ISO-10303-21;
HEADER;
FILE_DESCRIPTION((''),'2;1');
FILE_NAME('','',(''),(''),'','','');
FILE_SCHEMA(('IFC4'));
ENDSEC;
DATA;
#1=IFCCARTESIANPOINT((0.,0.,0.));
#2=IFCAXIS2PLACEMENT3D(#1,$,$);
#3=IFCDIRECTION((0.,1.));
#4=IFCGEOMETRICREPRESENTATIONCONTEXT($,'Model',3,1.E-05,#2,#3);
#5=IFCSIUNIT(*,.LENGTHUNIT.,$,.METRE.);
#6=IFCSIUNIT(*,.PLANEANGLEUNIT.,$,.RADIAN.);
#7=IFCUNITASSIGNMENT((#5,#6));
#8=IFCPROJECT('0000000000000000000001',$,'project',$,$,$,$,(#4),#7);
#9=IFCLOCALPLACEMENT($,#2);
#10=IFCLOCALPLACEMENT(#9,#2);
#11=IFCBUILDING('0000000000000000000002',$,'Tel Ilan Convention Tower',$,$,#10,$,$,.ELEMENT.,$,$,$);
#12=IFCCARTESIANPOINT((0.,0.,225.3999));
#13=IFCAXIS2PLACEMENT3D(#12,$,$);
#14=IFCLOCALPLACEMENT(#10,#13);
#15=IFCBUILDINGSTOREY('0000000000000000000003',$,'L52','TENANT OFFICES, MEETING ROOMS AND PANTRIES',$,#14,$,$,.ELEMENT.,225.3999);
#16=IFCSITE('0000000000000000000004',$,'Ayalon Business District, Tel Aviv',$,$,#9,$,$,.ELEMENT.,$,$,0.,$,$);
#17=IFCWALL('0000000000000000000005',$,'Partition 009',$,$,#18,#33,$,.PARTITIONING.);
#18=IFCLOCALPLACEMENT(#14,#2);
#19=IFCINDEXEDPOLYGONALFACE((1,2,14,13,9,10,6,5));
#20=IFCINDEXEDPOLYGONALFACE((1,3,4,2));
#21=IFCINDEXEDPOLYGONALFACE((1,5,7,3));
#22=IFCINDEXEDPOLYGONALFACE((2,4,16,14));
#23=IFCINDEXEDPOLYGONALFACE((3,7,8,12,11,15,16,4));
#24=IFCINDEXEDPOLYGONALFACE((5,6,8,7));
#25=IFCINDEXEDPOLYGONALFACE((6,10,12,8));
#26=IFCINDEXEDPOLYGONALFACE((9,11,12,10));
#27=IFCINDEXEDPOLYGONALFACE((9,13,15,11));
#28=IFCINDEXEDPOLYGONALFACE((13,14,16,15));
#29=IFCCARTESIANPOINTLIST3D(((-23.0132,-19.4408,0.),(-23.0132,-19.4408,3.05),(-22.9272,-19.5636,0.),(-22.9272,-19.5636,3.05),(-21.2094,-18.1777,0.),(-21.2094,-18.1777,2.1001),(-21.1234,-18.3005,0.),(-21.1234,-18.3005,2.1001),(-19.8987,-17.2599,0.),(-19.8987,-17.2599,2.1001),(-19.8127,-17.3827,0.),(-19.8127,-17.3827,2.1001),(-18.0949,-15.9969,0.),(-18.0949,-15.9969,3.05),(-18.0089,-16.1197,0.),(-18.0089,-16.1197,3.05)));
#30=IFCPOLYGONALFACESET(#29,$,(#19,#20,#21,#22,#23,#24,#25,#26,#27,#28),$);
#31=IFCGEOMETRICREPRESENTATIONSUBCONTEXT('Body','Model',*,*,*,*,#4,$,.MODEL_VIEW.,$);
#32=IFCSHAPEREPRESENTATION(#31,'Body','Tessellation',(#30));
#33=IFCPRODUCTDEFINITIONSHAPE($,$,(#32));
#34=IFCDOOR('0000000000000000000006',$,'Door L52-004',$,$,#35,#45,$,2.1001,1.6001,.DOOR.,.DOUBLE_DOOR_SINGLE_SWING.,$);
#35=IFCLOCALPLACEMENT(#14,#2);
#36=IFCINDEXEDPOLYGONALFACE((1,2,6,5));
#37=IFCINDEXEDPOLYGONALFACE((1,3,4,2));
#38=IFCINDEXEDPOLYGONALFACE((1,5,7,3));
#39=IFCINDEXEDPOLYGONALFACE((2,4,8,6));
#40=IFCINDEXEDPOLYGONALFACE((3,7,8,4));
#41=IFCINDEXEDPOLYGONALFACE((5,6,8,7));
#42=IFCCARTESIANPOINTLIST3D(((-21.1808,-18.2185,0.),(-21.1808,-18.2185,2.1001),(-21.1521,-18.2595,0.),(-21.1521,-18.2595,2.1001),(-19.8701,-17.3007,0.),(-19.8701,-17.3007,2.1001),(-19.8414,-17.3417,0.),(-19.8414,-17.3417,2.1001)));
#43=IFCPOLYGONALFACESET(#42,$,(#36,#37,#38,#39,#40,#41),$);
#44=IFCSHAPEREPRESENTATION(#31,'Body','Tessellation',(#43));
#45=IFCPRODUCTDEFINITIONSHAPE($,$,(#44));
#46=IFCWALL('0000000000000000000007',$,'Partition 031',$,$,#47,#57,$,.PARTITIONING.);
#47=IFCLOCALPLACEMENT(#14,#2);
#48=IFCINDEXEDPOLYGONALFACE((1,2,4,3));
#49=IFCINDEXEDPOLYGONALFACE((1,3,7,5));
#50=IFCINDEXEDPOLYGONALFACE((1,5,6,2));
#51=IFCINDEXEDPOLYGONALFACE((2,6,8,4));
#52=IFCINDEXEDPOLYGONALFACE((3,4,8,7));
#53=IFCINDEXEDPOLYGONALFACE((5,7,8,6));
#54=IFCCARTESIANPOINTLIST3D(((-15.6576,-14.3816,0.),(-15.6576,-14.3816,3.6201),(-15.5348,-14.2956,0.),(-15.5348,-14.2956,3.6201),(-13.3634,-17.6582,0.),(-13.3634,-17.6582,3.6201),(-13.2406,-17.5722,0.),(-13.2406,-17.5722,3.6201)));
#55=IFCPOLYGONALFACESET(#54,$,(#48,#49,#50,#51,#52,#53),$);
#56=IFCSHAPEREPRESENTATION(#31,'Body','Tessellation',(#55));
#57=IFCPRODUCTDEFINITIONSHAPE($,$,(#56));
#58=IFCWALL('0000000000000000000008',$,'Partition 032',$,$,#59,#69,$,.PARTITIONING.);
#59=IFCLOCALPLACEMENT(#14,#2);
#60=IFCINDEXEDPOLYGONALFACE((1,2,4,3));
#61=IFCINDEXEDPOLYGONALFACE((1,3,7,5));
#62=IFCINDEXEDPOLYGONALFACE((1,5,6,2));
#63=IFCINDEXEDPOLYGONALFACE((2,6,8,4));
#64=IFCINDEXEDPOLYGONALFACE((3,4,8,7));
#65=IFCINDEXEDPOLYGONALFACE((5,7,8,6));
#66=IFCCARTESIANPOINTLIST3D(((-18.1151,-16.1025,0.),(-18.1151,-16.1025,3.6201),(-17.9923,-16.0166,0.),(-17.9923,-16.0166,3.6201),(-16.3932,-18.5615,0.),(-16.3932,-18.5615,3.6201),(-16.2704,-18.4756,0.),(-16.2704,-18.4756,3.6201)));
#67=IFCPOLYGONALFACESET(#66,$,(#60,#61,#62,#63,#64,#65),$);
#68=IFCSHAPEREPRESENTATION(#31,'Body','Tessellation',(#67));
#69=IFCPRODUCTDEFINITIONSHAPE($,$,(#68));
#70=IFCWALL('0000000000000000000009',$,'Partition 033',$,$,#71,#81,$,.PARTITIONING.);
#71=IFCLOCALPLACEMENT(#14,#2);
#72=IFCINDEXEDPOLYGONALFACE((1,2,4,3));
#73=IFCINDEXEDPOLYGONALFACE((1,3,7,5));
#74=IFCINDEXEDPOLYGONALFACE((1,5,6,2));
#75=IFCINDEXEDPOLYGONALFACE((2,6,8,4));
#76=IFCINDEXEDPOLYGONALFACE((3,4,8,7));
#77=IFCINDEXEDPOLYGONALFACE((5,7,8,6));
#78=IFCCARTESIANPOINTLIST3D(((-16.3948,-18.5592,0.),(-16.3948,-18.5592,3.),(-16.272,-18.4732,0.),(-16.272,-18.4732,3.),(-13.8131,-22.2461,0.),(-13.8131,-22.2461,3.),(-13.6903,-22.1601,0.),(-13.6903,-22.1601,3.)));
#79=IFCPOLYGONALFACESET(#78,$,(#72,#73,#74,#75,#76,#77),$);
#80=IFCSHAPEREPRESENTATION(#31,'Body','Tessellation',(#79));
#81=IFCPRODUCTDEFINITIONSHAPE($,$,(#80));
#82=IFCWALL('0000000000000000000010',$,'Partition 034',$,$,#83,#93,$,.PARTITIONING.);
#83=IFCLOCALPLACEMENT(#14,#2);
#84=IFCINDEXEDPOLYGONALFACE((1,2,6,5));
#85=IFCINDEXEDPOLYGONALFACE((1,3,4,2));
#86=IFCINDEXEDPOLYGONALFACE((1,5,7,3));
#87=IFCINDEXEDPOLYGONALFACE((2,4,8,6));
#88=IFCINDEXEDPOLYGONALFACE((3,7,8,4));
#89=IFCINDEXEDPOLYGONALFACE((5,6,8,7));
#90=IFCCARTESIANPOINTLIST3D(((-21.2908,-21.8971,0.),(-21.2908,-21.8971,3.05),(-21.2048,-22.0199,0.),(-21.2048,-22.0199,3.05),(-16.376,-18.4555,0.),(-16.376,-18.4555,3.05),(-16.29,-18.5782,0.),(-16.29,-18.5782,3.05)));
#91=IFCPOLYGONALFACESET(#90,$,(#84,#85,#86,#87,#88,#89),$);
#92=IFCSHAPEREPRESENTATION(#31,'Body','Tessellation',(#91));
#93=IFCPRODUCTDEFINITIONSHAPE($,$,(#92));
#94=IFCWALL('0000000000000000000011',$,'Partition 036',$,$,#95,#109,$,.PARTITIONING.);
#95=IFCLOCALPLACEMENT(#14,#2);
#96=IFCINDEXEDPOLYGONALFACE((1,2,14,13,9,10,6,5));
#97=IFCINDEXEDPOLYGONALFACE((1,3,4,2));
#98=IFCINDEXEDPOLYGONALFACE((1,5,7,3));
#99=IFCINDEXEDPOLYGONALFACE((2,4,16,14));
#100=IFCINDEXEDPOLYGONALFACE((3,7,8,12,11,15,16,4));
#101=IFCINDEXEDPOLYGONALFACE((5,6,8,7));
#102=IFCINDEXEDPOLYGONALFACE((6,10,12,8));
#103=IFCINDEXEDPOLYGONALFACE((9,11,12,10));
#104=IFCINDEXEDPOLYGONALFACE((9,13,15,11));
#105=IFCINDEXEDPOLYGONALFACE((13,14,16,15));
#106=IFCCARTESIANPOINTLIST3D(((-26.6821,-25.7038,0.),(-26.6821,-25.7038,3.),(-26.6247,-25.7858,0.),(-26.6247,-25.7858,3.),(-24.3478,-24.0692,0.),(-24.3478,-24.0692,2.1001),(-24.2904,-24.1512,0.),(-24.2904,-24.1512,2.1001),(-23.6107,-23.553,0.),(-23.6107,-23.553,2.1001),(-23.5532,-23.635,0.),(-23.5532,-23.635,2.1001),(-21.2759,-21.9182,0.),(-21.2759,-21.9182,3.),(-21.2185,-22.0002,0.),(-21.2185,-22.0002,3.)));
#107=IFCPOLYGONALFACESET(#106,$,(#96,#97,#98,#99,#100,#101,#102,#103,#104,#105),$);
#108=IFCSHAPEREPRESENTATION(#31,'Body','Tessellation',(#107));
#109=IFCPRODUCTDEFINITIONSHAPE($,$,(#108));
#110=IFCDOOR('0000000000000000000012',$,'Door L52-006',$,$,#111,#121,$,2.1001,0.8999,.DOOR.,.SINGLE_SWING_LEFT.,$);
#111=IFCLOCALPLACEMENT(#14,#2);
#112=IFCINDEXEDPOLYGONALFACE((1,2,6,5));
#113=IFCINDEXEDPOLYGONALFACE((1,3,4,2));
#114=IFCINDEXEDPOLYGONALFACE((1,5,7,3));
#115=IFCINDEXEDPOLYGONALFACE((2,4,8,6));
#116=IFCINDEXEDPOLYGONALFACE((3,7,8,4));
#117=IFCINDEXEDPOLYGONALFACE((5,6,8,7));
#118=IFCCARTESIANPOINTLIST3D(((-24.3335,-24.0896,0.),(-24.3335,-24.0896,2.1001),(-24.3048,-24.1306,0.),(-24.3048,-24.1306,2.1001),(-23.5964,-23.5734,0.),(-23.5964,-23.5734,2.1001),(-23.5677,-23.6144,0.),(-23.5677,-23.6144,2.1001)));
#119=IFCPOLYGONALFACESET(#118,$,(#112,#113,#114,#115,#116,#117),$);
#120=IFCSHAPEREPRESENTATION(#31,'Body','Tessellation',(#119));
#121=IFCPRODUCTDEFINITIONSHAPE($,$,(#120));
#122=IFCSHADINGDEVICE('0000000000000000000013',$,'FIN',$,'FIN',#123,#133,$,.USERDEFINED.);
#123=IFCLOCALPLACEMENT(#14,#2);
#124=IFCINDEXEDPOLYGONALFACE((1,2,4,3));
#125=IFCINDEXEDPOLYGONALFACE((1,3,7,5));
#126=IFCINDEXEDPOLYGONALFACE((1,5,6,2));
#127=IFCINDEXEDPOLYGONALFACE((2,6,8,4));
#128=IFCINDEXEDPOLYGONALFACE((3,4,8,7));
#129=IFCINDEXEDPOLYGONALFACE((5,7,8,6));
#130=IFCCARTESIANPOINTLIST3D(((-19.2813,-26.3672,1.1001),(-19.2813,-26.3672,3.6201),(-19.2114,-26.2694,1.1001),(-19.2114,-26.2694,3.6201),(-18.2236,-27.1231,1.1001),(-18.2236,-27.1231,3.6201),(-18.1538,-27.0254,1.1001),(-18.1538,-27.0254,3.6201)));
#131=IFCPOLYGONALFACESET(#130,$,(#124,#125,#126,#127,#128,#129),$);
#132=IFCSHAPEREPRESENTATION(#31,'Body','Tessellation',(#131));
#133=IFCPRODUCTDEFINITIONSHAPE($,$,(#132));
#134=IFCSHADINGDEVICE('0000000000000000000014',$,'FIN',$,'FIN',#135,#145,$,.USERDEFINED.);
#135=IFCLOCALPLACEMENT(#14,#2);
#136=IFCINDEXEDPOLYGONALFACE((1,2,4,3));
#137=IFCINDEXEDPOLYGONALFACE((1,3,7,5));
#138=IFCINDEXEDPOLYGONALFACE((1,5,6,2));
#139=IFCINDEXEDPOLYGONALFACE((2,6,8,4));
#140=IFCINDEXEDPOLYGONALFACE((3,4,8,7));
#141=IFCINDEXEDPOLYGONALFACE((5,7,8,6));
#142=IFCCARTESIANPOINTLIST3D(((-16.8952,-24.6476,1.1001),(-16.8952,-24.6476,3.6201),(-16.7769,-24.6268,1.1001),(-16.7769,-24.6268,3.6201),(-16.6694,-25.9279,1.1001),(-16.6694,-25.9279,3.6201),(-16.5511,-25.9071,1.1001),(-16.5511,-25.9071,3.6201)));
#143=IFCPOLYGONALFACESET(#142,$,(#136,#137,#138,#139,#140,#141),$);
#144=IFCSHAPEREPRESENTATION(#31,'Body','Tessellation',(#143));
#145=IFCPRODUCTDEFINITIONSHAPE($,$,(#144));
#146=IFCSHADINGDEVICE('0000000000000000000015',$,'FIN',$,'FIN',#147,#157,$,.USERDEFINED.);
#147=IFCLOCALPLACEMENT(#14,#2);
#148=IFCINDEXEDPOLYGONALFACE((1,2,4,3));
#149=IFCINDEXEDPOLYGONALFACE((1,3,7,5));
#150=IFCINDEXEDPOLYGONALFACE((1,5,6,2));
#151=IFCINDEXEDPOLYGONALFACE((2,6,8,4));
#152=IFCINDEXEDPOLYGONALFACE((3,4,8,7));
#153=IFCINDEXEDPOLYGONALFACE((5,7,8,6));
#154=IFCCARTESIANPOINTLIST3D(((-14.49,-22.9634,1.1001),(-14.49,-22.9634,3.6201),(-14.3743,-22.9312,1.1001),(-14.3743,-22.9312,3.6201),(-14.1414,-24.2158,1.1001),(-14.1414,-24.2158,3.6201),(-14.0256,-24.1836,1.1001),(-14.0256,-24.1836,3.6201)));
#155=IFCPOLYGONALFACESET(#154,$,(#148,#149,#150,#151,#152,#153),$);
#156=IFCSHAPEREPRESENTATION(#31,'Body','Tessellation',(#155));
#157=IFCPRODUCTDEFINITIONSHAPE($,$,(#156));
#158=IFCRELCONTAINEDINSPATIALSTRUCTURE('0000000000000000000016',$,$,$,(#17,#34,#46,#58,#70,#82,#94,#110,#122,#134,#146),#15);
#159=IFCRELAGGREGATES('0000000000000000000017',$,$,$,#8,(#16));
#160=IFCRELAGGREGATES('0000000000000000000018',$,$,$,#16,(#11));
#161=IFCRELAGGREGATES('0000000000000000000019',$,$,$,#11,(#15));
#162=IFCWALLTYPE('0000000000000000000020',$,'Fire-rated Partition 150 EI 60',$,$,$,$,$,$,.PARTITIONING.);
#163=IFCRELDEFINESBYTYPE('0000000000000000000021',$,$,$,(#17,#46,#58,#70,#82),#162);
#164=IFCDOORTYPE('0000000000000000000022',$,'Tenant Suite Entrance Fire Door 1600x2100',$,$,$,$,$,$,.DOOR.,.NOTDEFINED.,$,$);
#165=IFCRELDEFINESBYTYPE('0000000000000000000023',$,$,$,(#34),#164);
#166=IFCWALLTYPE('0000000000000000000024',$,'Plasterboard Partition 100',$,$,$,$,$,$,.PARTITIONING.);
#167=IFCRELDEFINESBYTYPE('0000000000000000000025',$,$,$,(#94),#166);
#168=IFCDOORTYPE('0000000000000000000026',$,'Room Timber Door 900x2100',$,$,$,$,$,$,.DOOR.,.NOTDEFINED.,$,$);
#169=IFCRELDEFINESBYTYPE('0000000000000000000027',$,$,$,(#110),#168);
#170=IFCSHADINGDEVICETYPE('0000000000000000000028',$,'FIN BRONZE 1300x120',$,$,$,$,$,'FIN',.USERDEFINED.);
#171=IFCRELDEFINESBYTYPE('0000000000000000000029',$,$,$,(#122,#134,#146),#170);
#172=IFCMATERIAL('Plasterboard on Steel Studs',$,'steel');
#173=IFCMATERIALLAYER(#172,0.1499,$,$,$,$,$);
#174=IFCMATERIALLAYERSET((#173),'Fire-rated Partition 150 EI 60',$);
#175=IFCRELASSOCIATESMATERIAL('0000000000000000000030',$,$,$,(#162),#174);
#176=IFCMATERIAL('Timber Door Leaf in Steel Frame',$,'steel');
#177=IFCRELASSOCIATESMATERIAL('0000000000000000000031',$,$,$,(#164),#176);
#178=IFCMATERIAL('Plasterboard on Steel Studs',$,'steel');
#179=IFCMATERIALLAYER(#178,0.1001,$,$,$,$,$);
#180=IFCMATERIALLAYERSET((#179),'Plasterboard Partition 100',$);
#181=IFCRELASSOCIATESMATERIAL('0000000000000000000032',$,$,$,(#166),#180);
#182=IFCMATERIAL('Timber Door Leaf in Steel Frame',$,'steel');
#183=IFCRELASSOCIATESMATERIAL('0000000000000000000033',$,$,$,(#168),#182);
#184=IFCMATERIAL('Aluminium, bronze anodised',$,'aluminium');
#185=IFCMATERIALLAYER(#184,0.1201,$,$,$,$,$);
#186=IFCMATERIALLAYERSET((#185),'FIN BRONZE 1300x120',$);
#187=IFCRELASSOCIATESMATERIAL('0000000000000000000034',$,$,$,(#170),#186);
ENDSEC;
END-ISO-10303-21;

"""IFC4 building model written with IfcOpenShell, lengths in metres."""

from ifc_helpers import new_model, si_unit, direction, frame, frame_2d, origin, origin_2d, place, context, subcontext, project, spatial, rectangle, extrude, material, layer, layer_set, type_object, element, fill, save


model = new_model("IFC4")

# Units and contexts
model_context = context("Model", 3, precision=1e-05, world=origin(), true_north=direction((0.0, 1.0)))
body_context = subcontext(model_context, "Body", "Model", "MODEL_VIEW")
ifc_project = project(units=[si_unit("LENGTHUNIT", "METRE"), si_unit("PLANEANGLEUNIT", "RADIAN")], contexts=[model_context])

# Site, building, storey
site_placement = place(None, origin())
site = spatial("IfcSite", under=ifc_project, at=site_placement, Name="Ayalon Business District, Tel Aviv", CompositionType="ELEMENT", RefElevation=0.0)
building_placement = place(site_placement, origin())
building = spatial("IfcBuilding", under=site, at=building_placement, Name="Tel Ilan Convention Tower", CompositionType="ELEMENT")
storey_placement = place(building_placement, frame((0.0, 0.0, 225.3999)))
storey = spatial("IfcBuildingStorey", under=building, at=storey_placement, Name="L52", Description="TENANT OFFICES, MEETING ROOMS AND PANTRIES", CompositionType="ELEMENT", Elevation=225.3999)

# Wall, opening, door
ifc_material_1 = material(Name="Plasterboard on Steel Studs", Category="steel")
ifc_layer_1 = layer(ifc_material_1, 0.1499)
ifc_layer_set_1 = layer_set([ifc_layer_1], Name="Fire-rated Partition 150 EI 60")
wall_type_1 = type_object("IfcWallType", Name="Fire-rated Partition 150 EI 60", PredefinedType="PARTITIONING", material=ifc_layer_set_1)
wall_1_placement = place(storey_placement, frame((-18.052, -16.0583, 0.0), z_axis=(0.0, 0.0, 1.0), x_axis=(-0.819146, -0.573585, 0.0)))
wall_1 = element("IfcWall", 1, at=wall_1_placement, inside=storey, type_object=wall_type_1, Name="Partition 009", PredefinedType="PARTITIONING", context=body_context, shape_type="SweptSolid", body=[
    extrude(rectangle(XDim=6.0042, YDim=0.1499, at=frame_2d((3.002, 0.0))), origin(), (0.0, 0.0, 1.0), 3.05),
])
opening_1_placement = place(wall_1_placement, frame((2.2019, 0.0, 0.0)))
opening_1 = element("IfcOpeningElement", 2, at=opening_1_placement, cuts=wall_1, PredefinedType="OPENING", context=body_context, shape_type="SweptSolid", body=[
    extrude(rectangle(XDim=1.6001, YDim=2.1001, at=frame_2d((0.8, 1.05))), frame((0.0, 0.085, 0.0), z_axis=(0.0, -1.0, 0.0), x_axis=(1.0, 0.0, 0.0)), (0.0, 0.0, 1.0), 0.1699),
])
ifc_material_2 = material(Name="Timber Door Leaf in Steel Frame", Category="steel")
door_type_1 = type_object("IfcDoorType", Name="Tenant Suite Entrance Fire Door 1600x2100", OperationType="NOTDEFINED", PredefinedType="DOOR", material=ifc_material_2)
door_1_placement = place(opening_1_placement, origin())
door_1 = element("IfcDoor", 3, at=door_1_placement, inside=storey, type_object=door_type_1, Name="Door L52-004", OperationType="DOUBLE_DOOR_SINGLE_SWING", OverallHeight=2.1001, OverallWidth=1.6001, PredefinedType="DOOR", context=body_context, shape_type="SweptSolid", body=[
    extrude(rectangle(XDim=1.6001, YDim=2.1001, at=frame_2d((0.8, 1.05))), frame((0.0, 0.0249, 0.0), z_axis=(0.0, -1.0, 0.0), x_axis=(1.0, 0.0, 0.0)), (0.0, 0.0, 1.0), 0.05),
])
fill(opening_1, door_1)

# Walls
wall_2_placement = place(storey_placement, frame((-13.302, -17.6152, 0.0), z_axis=(0.0, 0.0, 1.0), x_axis=(-0.573557, 0.819166, 0.0)))
element("IfcWall", 4, at=wall_2_placement, inside=storey, type_object=wall_type_1, Name="Partition 031", PredefinedType="PARTITIONING", context=body_context, shape_type="SweptSolid", body=[
    extrude(rectangle(XDim=4.0, YDim=0.1499, at=frame_2d((2.0, 0.0))), origin(), (0.0, 0.0, 1.0), 3.6201),
])
wall_3_placement = place(storey_placement, frame((-16.3318, -18.5186, 0.0), z_axis=(0.0, 0.0, 1.0), x_axis=(-0.573604, 0.819133, 0.0)))
element("IfcWall", 5, at=wall_3_placement, inside=storey, type_object=wall_type_1, Name="Partition 032", PredefinedType="PARTITIONING", context=body_context, shape_type="SweptSolid", body=[
    extrude(rectangle(XDim=3.002, YDim=0.1499, at=frame_2d((1.501, 0.0))), origin(), (0.0, 0.0, 1.0), 3.6201),
])
wall_4_placement = place(storey_placement, frame((-13.7517, -22.2031, 0.0), z_axis=(0.0, 0.0, 1.0), x_axis=(-0.573593, 0.81914, 0.0)))
element("IfcWall", 6, at=wall_4_placement, inside=storey, type_object=wall_type_1, Name="Partition 033", PredefinedType="PARTITIONING", context=body_context, shape_type="SweptSolid", body=[
    extrude(rectangle(XDim=4.501, YDim=0.1499, at=frame_2d((2.2505, 0.0))), origin(), (0.0, 0.0, 1.0), 3.0),
])
wall_5_placement = place(storey_placement, frame((-16.333, -18.5168, 0.0), z_axis=(0.0, 0.0, 1.0), x_axis=(-0.819131, -0.573607, 0.0)))
element("IfcWall", 7, at=wall_5_placement, inside=storey, type_object=wall_type_1, Name="Partition 034", PredefinedType="PARTITIONING", context=body_context, shape_type="SweptSolid", body=[
    extrude(rectangle(XDim=6.0, YDim=0.1499, at=frame_2d((3.0, 0.0))), origin(), (0.0, 0.0, 1.0), 3.05),
])

# Wall, opening, door
ifc_material_3 = material(Name="Plasterboard on Steel Studs", Category="steel")
ifc_layer_2 = layer(ifc_material_3, 0.1001)
ifc_layer_set_2 = layer_set([ifc_layer_2], Name="Plasterboard Partition 100")
wall_type_2 = type_object("IfcWallType", Name="Plasterboard Partition 100", PredefinedType="PARTITIONING", material=ifc_layer_set_2)
wall_6_placement = place(storey_placement, frame((-21.2473, -21.9592, 0.0), z_axis=(0.0, 0.0, 1.0), x_axis=(-0.819142, -0.573591, 0.0)))
wall_6 = element("IfcWall", 8, at=wall_6_placement, inside=storey, type_object=wall_type_2, Name="Partition 036", PredefinedType="PARTITIONING", context=body_context, shape_type="SweptSolid", body=[
    extrude(rectangle(XDim=6.5999, YDim=0.1001, at=frame_2d((3.2998, 0.0))), origin(), (0.0, 0.0, 1.0), 3.0),
])
opening_2_placement = place(wall_6_placement, frame((2.8501, 0.0, 0.0)))
opening_2 = element("IfcOpeningElement", 9, at=opening_2_placement, cuts=wall_6, PredefinedType="OPENING", context=body_context, shape_type="SweptSolid", body=[
    extrude(rectangle(XDim=0.8999, YDim=2.1001, at=frame_2d((0.45, 1.05))), frame((0.0, 0.0601, 0.0), z_axis=(0.0, -1.0, 0.0), x_axis=(1.0, 0.0, 0.0)), (0.0, 0.0, 1.0), 0.1201),
])
ifc_material_4 = material(Name="Timber Door Leaf in Steel Frame", Category="steel")
door_type_2 = type_object("IfcDoorType", Name="Room Timber Door 900x2100", OperationType="NOTDEFINED", PredefinedType="DOOR", material=ifc_material_4)
door_2_placement = place(opening_2_placement, origin())
door_2 = element("IfcDoor", 10, at=door_2_placement, inside=storey, type_object=door_type_2, Name="Door L52-006", OperationType="SINGLE_SWING_LEFT", OverallHeight=2.1001, OverallWidth=0.8999, PredefinedType="DOOR", context=body_context, shape_type="SweptSolid", body=[
    extrude(rectangle(XDim=0.8999, YDim=2.1001, at=frame_2d((0.45, 1.05))), frame((0.0, 0.0249, 0.0), z_axis=(0.0, -1.0, 0.0), x_axis=(1.0, 0.0, 0.0)), (0.0, 0.0, 1.0), 0.05),
])
fill(opening_2, door_2)

# Shading devices
ifc_material_5 = material(Name="Aluminium, bronze anodised", Category="aluminium")
ifc_layer_3 = layer(ifc_material_5, 0.1201)
ifc_layer_set_3 = layer_set([ifc_layer_3], Name="FIN BRONZE 1300x120")
shading_device_type = type_object("IfcShadingDeviceType", Name="FIN BRONZE 1300x120", ElementType="FIN", PredefinedType="USERDEFINED", material=ifc_layer_set_3)
for number, where, z_axis, x_axis, name in (
    (11, (-18.7175, -26.6963, 1.1001), (0.0, 0.0, 1.0), (0.813552, -0.581492, 0.0), "FIN"),
    (12, (-16.7231, -25.2773, 1.1001), (0.0, 0.0, 1.0), (0.173648, -0.984808, 0.0), "FIN"),
    (13, (-14.2578, -23.5735, 1.1001), (0.0, 0.0, 1.0), (0.268173, -0.963371, 0.0), "FIN"),
):
    element("IfcShadingDevice", number, at=place(storey_placement, frame(where, z_axis=z_axis, x_axis=x_axis)), inside=storey, type_object=shading_device_type, Name=name, ObjectType="FIN", PredefinedType="USERDEFINED", context=body_context, shape_type="SweptSolid", body=[
        extrude(rectangle(XDim=1.3, YDim=0.1201, at=origin_2d()), origin(), (0.0, 0.0, 1.0), 2.52),
    ])

save(model, "model.ifc")
